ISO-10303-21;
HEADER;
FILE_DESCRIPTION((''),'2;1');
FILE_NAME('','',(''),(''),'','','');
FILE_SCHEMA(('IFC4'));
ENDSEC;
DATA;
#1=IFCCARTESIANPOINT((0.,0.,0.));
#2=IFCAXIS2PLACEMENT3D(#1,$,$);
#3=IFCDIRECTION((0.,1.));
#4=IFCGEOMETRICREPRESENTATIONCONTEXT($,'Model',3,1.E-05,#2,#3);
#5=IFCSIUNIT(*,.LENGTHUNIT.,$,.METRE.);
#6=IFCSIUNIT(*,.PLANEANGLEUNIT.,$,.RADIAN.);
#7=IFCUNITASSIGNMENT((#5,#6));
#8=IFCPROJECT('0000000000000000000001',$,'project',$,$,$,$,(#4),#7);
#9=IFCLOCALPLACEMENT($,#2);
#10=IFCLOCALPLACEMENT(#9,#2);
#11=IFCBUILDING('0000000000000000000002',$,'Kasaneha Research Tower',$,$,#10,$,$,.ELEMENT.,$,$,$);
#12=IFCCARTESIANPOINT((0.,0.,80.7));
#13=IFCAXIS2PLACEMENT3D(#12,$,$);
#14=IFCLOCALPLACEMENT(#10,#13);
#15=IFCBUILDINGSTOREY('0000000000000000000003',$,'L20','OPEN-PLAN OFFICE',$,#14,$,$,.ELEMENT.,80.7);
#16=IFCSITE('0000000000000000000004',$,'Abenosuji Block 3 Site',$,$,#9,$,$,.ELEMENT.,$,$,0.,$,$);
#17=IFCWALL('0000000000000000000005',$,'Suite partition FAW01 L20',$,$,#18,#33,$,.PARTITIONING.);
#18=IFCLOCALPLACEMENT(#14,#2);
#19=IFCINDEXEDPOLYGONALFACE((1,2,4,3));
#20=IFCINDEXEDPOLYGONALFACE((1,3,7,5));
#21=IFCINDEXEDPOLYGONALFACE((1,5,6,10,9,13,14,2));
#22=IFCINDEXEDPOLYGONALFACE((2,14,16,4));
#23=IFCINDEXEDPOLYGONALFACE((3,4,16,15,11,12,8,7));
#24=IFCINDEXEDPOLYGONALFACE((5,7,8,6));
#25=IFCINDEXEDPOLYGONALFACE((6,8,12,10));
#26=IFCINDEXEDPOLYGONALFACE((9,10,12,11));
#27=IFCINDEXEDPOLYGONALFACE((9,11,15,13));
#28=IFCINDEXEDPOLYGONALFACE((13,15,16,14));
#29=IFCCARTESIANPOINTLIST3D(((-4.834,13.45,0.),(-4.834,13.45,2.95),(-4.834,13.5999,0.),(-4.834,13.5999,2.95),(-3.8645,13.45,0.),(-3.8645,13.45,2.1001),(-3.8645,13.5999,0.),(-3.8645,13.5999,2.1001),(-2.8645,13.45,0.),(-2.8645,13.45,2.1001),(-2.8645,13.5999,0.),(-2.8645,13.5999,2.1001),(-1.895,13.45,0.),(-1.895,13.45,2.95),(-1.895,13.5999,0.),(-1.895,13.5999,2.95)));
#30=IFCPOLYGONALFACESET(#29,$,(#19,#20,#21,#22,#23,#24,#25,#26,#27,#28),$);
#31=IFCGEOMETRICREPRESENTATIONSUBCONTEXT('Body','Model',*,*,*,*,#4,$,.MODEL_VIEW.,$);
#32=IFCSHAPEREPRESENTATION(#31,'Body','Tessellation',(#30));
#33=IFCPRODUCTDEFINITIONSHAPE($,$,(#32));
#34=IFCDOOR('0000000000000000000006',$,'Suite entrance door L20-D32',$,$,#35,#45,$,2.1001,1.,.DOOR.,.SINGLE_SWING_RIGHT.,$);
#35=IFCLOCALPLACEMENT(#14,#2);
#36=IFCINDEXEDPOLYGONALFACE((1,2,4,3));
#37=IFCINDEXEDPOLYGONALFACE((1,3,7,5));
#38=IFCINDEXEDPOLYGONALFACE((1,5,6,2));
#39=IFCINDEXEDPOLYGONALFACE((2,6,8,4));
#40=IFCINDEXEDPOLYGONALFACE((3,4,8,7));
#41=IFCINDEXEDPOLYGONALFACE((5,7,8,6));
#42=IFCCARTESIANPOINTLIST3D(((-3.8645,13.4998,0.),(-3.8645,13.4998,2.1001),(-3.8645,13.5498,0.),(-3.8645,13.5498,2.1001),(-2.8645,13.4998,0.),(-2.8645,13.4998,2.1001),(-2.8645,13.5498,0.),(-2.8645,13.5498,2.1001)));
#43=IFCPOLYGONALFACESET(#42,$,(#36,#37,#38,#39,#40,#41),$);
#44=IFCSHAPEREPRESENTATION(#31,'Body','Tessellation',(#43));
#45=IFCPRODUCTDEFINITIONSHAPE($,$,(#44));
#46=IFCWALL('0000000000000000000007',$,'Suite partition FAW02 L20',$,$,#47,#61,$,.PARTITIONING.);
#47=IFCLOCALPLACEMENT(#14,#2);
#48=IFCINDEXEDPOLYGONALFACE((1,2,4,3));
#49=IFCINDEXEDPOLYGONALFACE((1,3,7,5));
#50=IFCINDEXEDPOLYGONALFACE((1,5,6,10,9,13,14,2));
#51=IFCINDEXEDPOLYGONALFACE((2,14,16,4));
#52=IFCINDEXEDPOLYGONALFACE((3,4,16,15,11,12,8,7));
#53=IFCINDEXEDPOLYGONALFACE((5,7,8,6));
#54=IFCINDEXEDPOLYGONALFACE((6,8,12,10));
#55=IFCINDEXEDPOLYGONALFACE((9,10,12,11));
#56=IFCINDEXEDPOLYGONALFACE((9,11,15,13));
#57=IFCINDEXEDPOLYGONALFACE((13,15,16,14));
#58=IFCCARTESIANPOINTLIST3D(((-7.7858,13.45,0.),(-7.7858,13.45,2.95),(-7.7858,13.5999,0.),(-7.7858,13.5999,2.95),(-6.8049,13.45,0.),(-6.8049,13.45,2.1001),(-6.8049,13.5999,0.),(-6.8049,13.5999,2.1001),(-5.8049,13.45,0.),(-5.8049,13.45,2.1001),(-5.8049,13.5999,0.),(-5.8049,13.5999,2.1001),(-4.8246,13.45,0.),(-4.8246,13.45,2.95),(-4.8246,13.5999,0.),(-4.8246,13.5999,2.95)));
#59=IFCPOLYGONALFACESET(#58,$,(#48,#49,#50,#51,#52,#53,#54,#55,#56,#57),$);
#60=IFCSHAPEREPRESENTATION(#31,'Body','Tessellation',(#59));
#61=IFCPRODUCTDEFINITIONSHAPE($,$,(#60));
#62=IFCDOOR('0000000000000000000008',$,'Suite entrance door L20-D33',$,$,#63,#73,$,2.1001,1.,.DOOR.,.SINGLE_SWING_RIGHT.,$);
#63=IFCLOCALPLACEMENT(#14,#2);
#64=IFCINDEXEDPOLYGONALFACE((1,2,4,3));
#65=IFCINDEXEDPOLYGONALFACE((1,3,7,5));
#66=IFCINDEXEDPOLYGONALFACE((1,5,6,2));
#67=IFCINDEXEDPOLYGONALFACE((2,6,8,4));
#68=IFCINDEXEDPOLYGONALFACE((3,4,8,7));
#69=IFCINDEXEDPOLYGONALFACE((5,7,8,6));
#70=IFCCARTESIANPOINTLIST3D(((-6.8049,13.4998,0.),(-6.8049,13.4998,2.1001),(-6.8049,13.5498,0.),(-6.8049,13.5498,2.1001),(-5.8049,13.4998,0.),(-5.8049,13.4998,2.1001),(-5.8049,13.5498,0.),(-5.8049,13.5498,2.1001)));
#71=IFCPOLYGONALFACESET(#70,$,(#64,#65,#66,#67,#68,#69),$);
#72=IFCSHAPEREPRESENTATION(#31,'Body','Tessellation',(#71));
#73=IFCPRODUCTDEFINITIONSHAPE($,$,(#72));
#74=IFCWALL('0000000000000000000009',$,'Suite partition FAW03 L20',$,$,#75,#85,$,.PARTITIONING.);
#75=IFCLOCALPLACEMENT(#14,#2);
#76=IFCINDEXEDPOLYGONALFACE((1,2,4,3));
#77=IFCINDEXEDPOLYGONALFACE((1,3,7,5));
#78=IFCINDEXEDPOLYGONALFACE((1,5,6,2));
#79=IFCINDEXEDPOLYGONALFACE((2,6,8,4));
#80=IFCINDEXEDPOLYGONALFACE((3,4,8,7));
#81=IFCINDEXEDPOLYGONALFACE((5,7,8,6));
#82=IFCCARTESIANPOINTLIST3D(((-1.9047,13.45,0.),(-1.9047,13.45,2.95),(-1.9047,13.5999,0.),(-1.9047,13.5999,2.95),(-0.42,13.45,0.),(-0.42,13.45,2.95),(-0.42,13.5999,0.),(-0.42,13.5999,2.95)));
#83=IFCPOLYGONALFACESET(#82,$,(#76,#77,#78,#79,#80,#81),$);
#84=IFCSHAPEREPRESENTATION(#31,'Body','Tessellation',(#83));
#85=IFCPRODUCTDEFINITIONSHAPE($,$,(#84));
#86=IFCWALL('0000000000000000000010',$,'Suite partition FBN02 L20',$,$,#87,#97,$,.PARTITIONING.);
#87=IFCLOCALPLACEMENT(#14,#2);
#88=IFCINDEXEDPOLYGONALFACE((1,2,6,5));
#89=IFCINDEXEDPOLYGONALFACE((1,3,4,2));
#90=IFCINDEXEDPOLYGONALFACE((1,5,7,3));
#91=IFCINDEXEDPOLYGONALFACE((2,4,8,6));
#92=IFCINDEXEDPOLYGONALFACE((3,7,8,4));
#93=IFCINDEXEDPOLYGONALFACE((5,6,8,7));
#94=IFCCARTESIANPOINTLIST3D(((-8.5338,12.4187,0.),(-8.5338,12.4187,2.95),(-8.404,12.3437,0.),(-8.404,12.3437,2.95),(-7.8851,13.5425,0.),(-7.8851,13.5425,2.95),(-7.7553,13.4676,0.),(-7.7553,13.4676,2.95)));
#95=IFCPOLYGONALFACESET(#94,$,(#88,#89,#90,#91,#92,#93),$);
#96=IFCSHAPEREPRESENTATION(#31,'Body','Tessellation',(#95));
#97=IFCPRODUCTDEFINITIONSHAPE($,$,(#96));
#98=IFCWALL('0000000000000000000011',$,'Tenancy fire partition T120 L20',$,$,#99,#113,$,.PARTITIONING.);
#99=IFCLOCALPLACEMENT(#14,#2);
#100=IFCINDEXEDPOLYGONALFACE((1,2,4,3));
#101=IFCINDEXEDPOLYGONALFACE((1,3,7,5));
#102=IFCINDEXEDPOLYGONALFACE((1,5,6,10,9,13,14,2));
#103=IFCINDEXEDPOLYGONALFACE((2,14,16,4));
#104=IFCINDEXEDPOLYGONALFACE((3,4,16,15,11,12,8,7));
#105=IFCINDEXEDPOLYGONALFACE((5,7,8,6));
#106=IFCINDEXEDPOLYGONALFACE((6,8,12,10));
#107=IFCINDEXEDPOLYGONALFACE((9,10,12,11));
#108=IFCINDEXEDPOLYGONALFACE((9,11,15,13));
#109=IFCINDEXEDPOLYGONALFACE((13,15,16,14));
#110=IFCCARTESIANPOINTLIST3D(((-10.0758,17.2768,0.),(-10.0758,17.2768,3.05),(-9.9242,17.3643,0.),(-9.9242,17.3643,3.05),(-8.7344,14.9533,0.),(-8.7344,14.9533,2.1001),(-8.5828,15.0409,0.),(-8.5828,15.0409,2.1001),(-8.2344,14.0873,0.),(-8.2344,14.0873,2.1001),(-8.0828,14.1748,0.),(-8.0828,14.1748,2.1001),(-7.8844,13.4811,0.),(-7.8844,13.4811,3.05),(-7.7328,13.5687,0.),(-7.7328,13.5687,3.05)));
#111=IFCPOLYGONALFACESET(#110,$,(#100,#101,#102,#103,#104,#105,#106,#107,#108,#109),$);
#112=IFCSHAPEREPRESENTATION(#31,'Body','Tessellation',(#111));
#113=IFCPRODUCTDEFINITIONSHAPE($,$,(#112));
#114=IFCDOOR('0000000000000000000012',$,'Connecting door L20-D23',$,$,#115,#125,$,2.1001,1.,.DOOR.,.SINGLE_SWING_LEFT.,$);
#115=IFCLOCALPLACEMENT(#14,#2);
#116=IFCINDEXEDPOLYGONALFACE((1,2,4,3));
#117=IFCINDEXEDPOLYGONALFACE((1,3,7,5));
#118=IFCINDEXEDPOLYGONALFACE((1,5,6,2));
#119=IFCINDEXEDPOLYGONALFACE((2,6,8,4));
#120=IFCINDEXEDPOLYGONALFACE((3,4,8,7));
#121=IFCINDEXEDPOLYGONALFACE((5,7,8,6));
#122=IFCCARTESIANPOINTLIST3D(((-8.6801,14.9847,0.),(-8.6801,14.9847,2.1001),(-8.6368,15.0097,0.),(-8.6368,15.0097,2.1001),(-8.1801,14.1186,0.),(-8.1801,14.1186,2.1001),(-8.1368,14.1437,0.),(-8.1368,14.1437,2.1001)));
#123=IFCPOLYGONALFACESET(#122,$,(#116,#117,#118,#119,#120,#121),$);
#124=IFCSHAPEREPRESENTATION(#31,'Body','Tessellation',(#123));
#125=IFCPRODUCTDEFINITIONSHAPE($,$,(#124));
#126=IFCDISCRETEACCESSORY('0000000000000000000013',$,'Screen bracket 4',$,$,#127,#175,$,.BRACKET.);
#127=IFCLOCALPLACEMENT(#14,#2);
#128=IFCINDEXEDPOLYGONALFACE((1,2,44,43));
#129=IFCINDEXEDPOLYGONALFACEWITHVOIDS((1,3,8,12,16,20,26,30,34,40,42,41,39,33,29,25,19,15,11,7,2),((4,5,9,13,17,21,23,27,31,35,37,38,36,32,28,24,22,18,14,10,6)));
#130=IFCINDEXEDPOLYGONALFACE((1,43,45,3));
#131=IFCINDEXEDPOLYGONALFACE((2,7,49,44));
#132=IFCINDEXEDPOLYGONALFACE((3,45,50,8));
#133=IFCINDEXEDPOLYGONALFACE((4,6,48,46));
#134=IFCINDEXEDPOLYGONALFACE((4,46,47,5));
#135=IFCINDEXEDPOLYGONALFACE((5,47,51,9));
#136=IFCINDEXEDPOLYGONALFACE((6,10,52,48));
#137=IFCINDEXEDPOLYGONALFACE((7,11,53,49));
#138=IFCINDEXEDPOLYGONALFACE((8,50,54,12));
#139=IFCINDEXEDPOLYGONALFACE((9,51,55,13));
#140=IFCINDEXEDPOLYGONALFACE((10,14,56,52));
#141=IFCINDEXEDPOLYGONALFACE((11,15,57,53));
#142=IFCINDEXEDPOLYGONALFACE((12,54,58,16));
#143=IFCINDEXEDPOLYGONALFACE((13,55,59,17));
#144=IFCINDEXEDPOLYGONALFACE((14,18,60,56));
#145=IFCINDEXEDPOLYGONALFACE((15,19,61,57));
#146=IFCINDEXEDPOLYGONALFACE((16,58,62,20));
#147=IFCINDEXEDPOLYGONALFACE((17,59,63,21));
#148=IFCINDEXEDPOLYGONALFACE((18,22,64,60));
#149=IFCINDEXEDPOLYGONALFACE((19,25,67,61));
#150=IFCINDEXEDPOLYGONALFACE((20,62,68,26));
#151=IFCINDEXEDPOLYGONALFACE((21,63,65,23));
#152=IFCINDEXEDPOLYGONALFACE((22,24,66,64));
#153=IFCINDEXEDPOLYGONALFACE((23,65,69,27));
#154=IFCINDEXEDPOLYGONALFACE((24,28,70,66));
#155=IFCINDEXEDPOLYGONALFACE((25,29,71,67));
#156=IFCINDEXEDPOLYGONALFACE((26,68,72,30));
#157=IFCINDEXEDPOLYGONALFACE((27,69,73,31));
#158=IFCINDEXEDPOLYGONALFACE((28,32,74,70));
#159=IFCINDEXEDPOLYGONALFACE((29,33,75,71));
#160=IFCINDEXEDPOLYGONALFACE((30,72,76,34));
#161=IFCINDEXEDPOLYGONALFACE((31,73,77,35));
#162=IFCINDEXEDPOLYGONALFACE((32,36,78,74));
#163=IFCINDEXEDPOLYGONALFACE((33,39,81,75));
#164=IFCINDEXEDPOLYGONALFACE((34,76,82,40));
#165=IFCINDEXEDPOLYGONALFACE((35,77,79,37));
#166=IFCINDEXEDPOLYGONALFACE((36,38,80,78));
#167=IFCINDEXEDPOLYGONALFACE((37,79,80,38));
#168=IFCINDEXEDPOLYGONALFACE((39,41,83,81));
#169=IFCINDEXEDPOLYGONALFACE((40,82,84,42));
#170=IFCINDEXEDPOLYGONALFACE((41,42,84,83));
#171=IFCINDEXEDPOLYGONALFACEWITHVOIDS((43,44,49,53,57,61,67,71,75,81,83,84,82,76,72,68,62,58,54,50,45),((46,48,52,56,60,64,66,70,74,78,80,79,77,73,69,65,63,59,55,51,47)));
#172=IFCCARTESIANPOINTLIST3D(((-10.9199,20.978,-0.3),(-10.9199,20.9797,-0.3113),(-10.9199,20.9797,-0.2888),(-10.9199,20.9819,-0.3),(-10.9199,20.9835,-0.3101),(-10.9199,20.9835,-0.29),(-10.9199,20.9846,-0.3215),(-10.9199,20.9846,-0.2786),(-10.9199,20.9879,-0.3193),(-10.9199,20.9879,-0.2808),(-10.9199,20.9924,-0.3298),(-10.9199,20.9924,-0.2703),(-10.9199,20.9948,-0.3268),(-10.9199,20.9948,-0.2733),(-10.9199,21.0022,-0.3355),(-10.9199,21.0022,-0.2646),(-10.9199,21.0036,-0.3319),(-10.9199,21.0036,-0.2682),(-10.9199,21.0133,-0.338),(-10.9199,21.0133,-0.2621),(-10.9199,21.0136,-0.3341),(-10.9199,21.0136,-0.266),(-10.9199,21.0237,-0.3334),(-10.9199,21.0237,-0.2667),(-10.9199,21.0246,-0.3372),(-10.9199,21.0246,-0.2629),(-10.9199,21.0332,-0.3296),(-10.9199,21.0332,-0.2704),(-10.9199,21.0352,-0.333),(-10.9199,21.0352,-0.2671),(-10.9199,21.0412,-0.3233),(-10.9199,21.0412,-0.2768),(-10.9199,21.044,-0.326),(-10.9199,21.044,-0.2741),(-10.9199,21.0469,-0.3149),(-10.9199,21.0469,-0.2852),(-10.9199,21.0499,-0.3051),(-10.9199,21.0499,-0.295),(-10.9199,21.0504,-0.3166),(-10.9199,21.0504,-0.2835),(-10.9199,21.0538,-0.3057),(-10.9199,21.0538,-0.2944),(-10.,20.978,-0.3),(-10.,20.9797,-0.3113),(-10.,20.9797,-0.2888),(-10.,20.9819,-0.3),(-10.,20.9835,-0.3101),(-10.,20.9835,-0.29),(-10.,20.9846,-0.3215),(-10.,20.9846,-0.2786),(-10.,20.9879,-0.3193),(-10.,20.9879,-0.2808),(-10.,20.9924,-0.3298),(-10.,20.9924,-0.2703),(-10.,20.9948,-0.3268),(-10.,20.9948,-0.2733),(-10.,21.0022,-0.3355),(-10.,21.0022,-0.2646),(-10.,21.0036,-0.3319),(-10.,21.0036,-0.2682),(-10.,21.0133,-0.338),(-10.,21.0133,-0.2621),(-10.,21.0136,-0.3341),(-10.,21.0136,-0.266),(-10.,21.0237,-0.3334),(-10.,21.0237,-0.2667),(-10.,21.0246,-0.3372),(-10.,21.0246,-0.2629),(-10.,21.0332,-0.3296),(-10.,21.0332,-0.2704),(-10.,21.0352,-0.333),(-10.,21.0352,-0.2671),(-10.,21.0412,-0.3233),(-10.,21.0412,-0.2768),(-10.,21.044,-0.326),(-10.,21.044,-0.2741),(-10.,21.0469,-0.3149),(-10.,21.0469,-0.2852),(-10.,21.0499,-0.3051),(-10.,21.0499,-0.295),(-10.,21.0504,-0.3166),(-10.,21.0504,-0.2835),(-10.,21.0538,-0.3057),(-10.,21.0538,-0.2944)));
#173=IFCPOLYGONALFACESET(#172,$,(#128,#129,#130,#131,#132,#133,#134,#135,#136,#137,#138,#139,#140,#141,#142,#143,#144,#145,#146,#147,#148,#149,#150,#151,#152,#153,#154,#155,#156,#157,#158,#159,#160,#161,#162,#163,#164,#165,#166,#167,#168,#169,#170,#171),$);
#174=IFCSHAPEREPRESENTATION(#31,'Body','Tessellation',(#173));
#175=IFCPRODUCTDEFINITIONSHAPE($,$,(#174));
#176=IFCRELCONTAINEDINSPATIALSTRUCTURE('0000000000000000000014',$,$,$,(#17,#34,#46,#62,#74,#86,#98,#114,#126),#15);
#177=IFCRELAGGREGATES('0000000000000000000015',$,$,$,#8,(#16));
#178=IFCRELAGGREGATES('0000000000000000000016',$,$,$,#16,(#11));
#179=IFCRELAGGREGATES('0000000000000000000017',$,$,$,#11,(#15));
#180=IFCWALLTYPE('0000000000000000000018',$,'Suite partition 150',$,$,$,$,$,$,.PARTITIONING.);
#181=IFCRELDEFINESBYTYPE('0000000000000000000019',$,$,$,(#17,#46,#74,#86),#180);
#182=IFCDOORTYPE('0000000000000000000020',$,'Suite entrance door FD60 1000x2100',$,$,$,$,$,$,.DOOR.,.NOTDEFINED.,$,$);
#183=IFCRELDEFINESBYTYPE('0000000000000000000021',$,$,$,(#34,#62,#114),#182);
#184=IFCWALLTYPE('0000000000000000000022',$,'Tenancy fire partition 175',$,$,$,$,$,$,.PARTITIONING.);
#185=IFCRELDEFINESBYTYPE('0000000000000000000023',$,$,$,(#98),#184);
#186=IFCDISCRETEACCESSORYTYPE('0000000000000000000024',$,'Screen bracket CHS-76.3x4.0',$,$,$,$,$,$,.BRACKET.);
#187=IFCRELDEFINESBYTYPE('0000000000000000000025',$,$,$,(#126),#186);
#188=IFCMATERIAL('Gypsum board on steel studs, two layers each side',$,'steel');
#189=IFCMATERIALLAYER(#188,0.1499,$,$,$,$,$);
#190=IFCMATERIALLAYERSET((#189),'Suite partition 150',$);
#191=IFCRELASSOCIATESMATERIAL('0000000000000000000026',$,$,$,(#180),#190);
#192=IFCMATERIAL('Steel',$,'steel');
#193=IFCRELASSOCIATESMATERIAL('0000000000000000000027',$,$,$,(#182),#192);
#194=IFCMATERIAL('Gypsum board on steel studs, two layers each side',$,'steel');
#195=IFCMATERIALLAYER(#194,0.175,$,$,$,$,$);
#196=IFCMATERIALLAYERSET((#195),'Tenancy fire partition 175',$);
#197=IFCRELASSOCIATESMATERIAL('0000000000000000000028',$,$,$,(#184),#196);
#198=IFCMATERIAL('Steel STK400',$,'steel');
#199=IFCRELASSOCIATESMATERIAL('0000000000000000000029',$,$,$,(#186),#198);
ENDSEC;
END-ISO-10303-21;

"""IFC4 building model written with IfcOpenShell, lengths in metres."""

from ifc_helpers import new_model, si_unit, direction, frame, frame_2d, origin, origin_2d, place, context, subcontext, project, spatial, rectangle, hollow_circle, extrude, material, layer, layer_set, material_profile, profile_set, type_object, element, fill, save


model = new_model("IFC4")

# Units and contexts
model_context = context("Model", 3, precision=1e-05, world=origin(), true_north=direction((0.0, 1.0)))
body_context = subcontext(model_context, "Body", "Model", "MODEL_VIEW")
ifc_project = project(units=[si_unit("LENGTHUNIT", "METRE"), si_unit("PLANEANGLEUNIT", "RADIAN")], contexts=[model_context])

# Site, building, storey
site_placement = place(None, origin())
site = spatial("IfcSite", under=ifc_project, at=site_placement, Name="Abenosuji Block 3 Site", CompositionType="ELEMENT", RefElevation=0.0)
building_placement = place(site_placement, origin())
building = spatial("IfcBuilding", under=site, at=building_placement, Name="Kasaneha Research Tower", CompositionType="ELEMENT")
storey_placement = place(building_placement, frame((0.0, 0.0, 80.7)))
storey = spatial("IfcBuildingStorey", under=building, at=storey_placement, Name="L20", Description="OPEN-PLAN OFFICE", CompositionType="ELEMENT", Elevation=80.7)

# Walls, openings, doors
ifc_material_1 = material(Name="Gypsum board on steel studs, two layers each side", Category="steel")
ifc_layer_1 = layer(ifc_material_1, 0.1499)
ifc_layer_set_1 = layer_set([ifc_layer_1], Name="Suite partition 150")
wall_type_1 = type_object("IfcWallType", Name="Suite partition 150", PredefinedType="PARTITIONING", material=ifc_layer_set_1)
wall_1_placement = place(storey_placement, frame((-4.834, 13.5249, 0.0), z_axis=(0.0, 0.0, 1.0), x_axis=(1.0, 0.0, 0.0)))
wall_1 = element("IfcWall", 1, at=wall_1_placement, inside=storey, type_object=wall_type_1, Name="Suite partition FAW01 L20", PredefinedType="PARTITIONING", context=body_context, shape_type="SweptSolid", body=[
    extrude(rectangle(XDim=2.939, YDim=0.1499, at=frame_2d((1.4695, 0.0))), origin(), (0.0, 0.0, 1.0), 2.95),
])
opening_1_placement = place(wall_1_placement, frame((0.9695, 0.0, 0.0)))
opening_1 = element("IfcOpeningElement", 2, at=opening_1_placement, cuts=wall_1, PredefinedType="OPENING", context=body_context, shape_type="SweptSolid", body=[
    extrude(rectangle(XDim=1.0, YDim=2.1001, at=frame_2d((0.5, 1.05))), frame((0.0, 0.085, 0.0), z_axis=(0.0, -1.0, 0.0), x_axis=(1.0, 0.0, 0.0)), (0.0, 0.0, 1.0), 0.1699),
])
ifc_material_2 = material(Name="Steel", Category="steel")
door_type_1 = type_object("IfcDoorType", Name="Suite entrance door FD60 1000x2100", OperationType="NOTDEFINED", PredefinedType="DOOR", material=ifc_material_2)
door_1_placement = place(opening_1_placement, origin())
door_1 = element("IfcDoor", 3, at=door_1_placement, inside=storey, type_object=door_type_1, Name="Suite entrance door L20-D32", OperationType="SINGLE_SWING_RIGHT", OverallHeight=2.1001, OverallWidth=1.0, PredefinedType="DOOR", context=body_context, shape_type="SweptSolid", body=[
    extrude(rectangle(XDim=1.0, YDim=2.1001, at=frame_2d((0.5, 1.05))), frame((0.0, 0.0249, 0.0), z_axis=(0.0, -1.0, 0.0), x_axis=(1.0, 0.0, 0.0)), (0.0, 0.0, 1.0), 0.05),
])
fill(opening_1, door_1)
wall_2_placement = place(storey_placement, frame((-7.7856, 13.5249, 0.0), z_axis=(0.0, 0.0, 1.0), x_axis=(1.0, 0.0, 0.0)))
wall_2 = element("IfcWall", 4, at=wall_2_placement, inside=storey, type_object=wall_type_1, Name="Suite partition FAW02 L20", PredefinedType="PARTITIONING", context=body_context, shape_type="SweptSolid", body=[
    extrude(rectangle(XDim=2.9612, YDim=0.1499, at=frame_2d((1.4805, 0.0))), origin(), (0.0, 0.0, 1.0), 2.95),
])
opening_2_placement = place(wall_2_placement, frame((0.9807, 0.0, 0.0)))
opening_2 = element("IfcOpeningElement", 5, at=opening_2_placement, cuts=wall_2, PredefinedType="OPENING", context=body_context, shape_type="SweptSolid", body=[
    extrude(rectangle(XDim=1.0, YDim=2.1001, at=frame_2d((0.5, 1.05))), frame((0.0, 0.085, 0.0), z_axis=(0.0, -1.0, 0.0), x_axis=(1.0, 0.0, 0.0)), (0.0, 0.0, 1.0), 0.1699),
])
door_2_placement = place(opening_2_placement, origin())
door_2 = element("IfcDoor", 6, at=door_2_placement, inside=storey, type_object=door_type_1, Name="Suite entrance door L20-D33", OperationType="SINGLE_SWING_RIGHT", OverallHeight=2.1001, OverallWidth=1.0, PredefinedType="DOOR", context=body_context, shape_type="SweptSolid", body=[
    extrude(rectangle(XDim=1.0, YDim=2.1001, at=frame_2d((0.5, 1.05))), frame((0.0, 0.0249, 0.0), z_axis=(0.0, -1.0, 0.0), x_axis=(1.0, 0.0, 0.0)), (0.0, 0.0, 1.0), 0.05),
])
fill(opening_2, door_2)

# Walls
wall_3_placement = place(storey_placement, frame((-1.9045, 13.5249, 0.0), z_axis=(0.0, 0.0, 1.0), x_axis=(1.0, 0.0, 0.0)))
element("IfcWall", 7, at=wall_3_placement, inside=storey, type_object=wall_type_1, Name="Suite partition FAW03 L20", PredefinedType="PARTITIONING", context=body_context, shape_type="SweptSolid", body=[
    extrude(rectangle(XDim=1.4846, YDim=0.1499, at=frame_2d((0.7422, 0.0))), origin(), (0.0, 0.0, 1.0), 2.95),
])
wall_4_placement = place(storey_placement, frame((-8.469, 12.3811, 0.0), z_axis=(0.0, 0.0, 1.0), x_axis=(0.499923, 0.86607, 0.0)))
element("IfcWall", 8, at=wall_4_placement, inside=storey, type_object=wall_type_1, Name="Suite partition FBN02 L20", PredefinedType="PARTITIONING", context=body_context, shape_type="SweptSolid", body=[
    extrude(rectangle(XDim=1.2976, YDim=0.1499, at=frame_2d((0.6489, 0.0))), origin(), (0.0, 0.0, 1.0), 2.95),
])

# Wall, opening, door
ifc_material_3 = material(Name="Gypsum board on steel studs, two layers each side", Category="steel")
ifc_layer_2 = layer(ifc_material_3, 0.175)
ifc_layer_set_2 = layer_set([ifc_layer_2], Name="Tenancy fire partition 175")
wall_type_2 = type_object("IfcWallType", Name="Tenancy fire partition 175", PredefinedType="PARTITIONING", material=ifc_layer_set_2)
wall_5_placement = place(storey_placement, frame((-7.8086, 13.5249, 0.0), z_axis=(0.0, 0.0, 1.0), x_axis=(-0.499997, 0.866027, 0.0)))
wall_5 = element("IfcWall", 9, at=wall_5_placement, inside=storey, type_object=wall_type_2, Name="Tenancy fire partition T120 L20", PredefinedType="PARTITIONING", context=body_context, shape_type="SweptSolid", body=[
    extrude(rectangle(XDim=4.3828, YDim=0.175, at=frame_2d((2.1914, 0.0))), origin(), (0.0, 0.0, 1.0), 3.05),
])
opening_3_placement = place(wall_5_placement, frame((0.7, 0.0, 0.0)))
opening_3 = element("IfcOpeningElement", 10, at=opening_3_placement, cuts=wall_5, PredefinedType="OPENING", context=body_context, shape_type="SweptSolid", body=[
    extrude(rectangle(XDim=1.0, YDim=2.1001, at=frame_2d((0.5, 1.05))), frame((0.0, 0.0977, 0.0), z_axis=(0.0, -1.0, 0.0), x_axis=(1.0, 0.0, 0.0)), (0.0, 0.0, 1.0), 0.1951),
])
door_3_placement = place(opening_3_placement, origin())
door_3 = element("IfcDoor", 11, at=door_3_placement, inside=storey, type_object=door_type_1, Name="Connecting door L20-D23", OperationType="SINGLE_SWING_LEFT", OverallHeight=2.1001, OverallWidth=1.0, PredefinedType="DOOR", context=body_context, shape_type="SweptSolid", body=[
    extrude(rectangle(XDim=1.0, YDim=2.1001, at=frame_2d((0.5, 1.05))), frame((0.0, 0.0249, 0.0), z_axis=(0.0, -1.0, 0.0), x_axis=(1.0, 0.0, 0.0)), (0.0, 0.0, 1.0), 0.05),
])
fill(opening_3, door_3)

# Discrete accessory
ifc_material_4 = material(Name="Steel STK400", Category="steel")
ifc_material_profile_1 = material_profile(ifc_material_4, hollow_circle(Radius=0.0381, WallThickness=0.0039, at=origin_2d()), Name="CHS-76.3x4.0")
ifc_profile_set_1 = profile_set([ifc_material_profile_1], Name="Steel STK400")
discrete_accessory_type = type_object("IfcDiscreteAccessoryType", Name="Screen bracket CHS-76.3x4.0", PredefinedType="BRACKET", material=ifc_profile_set_1)
for number, where, z_axis, x_axis, name in (
    (12, (-10.0, 21.0161, -0.3), (-1.0, 0.0, 0.0), (0.0, -1.0, 0.0), "Screen bracket 4"),
):
    element("IfcDiscreteAccessory", number, at=place(storey_placement, frame(where, z_axis=z_axis, x_axis=x_axis)), inside=storey, type_object=discrete_accessory_type, Name=name, PredefinedType="BRACKET", context=body_context, shape_type="SweptSolid", body=[
        extrude(hollow_circle(Radius=0.0381, WallThickness=0.0039, at=origin_2d()), origin(), (0.0, 0.0, 1.0), 0.9199),
    ])

save(model, "model.ifc")
